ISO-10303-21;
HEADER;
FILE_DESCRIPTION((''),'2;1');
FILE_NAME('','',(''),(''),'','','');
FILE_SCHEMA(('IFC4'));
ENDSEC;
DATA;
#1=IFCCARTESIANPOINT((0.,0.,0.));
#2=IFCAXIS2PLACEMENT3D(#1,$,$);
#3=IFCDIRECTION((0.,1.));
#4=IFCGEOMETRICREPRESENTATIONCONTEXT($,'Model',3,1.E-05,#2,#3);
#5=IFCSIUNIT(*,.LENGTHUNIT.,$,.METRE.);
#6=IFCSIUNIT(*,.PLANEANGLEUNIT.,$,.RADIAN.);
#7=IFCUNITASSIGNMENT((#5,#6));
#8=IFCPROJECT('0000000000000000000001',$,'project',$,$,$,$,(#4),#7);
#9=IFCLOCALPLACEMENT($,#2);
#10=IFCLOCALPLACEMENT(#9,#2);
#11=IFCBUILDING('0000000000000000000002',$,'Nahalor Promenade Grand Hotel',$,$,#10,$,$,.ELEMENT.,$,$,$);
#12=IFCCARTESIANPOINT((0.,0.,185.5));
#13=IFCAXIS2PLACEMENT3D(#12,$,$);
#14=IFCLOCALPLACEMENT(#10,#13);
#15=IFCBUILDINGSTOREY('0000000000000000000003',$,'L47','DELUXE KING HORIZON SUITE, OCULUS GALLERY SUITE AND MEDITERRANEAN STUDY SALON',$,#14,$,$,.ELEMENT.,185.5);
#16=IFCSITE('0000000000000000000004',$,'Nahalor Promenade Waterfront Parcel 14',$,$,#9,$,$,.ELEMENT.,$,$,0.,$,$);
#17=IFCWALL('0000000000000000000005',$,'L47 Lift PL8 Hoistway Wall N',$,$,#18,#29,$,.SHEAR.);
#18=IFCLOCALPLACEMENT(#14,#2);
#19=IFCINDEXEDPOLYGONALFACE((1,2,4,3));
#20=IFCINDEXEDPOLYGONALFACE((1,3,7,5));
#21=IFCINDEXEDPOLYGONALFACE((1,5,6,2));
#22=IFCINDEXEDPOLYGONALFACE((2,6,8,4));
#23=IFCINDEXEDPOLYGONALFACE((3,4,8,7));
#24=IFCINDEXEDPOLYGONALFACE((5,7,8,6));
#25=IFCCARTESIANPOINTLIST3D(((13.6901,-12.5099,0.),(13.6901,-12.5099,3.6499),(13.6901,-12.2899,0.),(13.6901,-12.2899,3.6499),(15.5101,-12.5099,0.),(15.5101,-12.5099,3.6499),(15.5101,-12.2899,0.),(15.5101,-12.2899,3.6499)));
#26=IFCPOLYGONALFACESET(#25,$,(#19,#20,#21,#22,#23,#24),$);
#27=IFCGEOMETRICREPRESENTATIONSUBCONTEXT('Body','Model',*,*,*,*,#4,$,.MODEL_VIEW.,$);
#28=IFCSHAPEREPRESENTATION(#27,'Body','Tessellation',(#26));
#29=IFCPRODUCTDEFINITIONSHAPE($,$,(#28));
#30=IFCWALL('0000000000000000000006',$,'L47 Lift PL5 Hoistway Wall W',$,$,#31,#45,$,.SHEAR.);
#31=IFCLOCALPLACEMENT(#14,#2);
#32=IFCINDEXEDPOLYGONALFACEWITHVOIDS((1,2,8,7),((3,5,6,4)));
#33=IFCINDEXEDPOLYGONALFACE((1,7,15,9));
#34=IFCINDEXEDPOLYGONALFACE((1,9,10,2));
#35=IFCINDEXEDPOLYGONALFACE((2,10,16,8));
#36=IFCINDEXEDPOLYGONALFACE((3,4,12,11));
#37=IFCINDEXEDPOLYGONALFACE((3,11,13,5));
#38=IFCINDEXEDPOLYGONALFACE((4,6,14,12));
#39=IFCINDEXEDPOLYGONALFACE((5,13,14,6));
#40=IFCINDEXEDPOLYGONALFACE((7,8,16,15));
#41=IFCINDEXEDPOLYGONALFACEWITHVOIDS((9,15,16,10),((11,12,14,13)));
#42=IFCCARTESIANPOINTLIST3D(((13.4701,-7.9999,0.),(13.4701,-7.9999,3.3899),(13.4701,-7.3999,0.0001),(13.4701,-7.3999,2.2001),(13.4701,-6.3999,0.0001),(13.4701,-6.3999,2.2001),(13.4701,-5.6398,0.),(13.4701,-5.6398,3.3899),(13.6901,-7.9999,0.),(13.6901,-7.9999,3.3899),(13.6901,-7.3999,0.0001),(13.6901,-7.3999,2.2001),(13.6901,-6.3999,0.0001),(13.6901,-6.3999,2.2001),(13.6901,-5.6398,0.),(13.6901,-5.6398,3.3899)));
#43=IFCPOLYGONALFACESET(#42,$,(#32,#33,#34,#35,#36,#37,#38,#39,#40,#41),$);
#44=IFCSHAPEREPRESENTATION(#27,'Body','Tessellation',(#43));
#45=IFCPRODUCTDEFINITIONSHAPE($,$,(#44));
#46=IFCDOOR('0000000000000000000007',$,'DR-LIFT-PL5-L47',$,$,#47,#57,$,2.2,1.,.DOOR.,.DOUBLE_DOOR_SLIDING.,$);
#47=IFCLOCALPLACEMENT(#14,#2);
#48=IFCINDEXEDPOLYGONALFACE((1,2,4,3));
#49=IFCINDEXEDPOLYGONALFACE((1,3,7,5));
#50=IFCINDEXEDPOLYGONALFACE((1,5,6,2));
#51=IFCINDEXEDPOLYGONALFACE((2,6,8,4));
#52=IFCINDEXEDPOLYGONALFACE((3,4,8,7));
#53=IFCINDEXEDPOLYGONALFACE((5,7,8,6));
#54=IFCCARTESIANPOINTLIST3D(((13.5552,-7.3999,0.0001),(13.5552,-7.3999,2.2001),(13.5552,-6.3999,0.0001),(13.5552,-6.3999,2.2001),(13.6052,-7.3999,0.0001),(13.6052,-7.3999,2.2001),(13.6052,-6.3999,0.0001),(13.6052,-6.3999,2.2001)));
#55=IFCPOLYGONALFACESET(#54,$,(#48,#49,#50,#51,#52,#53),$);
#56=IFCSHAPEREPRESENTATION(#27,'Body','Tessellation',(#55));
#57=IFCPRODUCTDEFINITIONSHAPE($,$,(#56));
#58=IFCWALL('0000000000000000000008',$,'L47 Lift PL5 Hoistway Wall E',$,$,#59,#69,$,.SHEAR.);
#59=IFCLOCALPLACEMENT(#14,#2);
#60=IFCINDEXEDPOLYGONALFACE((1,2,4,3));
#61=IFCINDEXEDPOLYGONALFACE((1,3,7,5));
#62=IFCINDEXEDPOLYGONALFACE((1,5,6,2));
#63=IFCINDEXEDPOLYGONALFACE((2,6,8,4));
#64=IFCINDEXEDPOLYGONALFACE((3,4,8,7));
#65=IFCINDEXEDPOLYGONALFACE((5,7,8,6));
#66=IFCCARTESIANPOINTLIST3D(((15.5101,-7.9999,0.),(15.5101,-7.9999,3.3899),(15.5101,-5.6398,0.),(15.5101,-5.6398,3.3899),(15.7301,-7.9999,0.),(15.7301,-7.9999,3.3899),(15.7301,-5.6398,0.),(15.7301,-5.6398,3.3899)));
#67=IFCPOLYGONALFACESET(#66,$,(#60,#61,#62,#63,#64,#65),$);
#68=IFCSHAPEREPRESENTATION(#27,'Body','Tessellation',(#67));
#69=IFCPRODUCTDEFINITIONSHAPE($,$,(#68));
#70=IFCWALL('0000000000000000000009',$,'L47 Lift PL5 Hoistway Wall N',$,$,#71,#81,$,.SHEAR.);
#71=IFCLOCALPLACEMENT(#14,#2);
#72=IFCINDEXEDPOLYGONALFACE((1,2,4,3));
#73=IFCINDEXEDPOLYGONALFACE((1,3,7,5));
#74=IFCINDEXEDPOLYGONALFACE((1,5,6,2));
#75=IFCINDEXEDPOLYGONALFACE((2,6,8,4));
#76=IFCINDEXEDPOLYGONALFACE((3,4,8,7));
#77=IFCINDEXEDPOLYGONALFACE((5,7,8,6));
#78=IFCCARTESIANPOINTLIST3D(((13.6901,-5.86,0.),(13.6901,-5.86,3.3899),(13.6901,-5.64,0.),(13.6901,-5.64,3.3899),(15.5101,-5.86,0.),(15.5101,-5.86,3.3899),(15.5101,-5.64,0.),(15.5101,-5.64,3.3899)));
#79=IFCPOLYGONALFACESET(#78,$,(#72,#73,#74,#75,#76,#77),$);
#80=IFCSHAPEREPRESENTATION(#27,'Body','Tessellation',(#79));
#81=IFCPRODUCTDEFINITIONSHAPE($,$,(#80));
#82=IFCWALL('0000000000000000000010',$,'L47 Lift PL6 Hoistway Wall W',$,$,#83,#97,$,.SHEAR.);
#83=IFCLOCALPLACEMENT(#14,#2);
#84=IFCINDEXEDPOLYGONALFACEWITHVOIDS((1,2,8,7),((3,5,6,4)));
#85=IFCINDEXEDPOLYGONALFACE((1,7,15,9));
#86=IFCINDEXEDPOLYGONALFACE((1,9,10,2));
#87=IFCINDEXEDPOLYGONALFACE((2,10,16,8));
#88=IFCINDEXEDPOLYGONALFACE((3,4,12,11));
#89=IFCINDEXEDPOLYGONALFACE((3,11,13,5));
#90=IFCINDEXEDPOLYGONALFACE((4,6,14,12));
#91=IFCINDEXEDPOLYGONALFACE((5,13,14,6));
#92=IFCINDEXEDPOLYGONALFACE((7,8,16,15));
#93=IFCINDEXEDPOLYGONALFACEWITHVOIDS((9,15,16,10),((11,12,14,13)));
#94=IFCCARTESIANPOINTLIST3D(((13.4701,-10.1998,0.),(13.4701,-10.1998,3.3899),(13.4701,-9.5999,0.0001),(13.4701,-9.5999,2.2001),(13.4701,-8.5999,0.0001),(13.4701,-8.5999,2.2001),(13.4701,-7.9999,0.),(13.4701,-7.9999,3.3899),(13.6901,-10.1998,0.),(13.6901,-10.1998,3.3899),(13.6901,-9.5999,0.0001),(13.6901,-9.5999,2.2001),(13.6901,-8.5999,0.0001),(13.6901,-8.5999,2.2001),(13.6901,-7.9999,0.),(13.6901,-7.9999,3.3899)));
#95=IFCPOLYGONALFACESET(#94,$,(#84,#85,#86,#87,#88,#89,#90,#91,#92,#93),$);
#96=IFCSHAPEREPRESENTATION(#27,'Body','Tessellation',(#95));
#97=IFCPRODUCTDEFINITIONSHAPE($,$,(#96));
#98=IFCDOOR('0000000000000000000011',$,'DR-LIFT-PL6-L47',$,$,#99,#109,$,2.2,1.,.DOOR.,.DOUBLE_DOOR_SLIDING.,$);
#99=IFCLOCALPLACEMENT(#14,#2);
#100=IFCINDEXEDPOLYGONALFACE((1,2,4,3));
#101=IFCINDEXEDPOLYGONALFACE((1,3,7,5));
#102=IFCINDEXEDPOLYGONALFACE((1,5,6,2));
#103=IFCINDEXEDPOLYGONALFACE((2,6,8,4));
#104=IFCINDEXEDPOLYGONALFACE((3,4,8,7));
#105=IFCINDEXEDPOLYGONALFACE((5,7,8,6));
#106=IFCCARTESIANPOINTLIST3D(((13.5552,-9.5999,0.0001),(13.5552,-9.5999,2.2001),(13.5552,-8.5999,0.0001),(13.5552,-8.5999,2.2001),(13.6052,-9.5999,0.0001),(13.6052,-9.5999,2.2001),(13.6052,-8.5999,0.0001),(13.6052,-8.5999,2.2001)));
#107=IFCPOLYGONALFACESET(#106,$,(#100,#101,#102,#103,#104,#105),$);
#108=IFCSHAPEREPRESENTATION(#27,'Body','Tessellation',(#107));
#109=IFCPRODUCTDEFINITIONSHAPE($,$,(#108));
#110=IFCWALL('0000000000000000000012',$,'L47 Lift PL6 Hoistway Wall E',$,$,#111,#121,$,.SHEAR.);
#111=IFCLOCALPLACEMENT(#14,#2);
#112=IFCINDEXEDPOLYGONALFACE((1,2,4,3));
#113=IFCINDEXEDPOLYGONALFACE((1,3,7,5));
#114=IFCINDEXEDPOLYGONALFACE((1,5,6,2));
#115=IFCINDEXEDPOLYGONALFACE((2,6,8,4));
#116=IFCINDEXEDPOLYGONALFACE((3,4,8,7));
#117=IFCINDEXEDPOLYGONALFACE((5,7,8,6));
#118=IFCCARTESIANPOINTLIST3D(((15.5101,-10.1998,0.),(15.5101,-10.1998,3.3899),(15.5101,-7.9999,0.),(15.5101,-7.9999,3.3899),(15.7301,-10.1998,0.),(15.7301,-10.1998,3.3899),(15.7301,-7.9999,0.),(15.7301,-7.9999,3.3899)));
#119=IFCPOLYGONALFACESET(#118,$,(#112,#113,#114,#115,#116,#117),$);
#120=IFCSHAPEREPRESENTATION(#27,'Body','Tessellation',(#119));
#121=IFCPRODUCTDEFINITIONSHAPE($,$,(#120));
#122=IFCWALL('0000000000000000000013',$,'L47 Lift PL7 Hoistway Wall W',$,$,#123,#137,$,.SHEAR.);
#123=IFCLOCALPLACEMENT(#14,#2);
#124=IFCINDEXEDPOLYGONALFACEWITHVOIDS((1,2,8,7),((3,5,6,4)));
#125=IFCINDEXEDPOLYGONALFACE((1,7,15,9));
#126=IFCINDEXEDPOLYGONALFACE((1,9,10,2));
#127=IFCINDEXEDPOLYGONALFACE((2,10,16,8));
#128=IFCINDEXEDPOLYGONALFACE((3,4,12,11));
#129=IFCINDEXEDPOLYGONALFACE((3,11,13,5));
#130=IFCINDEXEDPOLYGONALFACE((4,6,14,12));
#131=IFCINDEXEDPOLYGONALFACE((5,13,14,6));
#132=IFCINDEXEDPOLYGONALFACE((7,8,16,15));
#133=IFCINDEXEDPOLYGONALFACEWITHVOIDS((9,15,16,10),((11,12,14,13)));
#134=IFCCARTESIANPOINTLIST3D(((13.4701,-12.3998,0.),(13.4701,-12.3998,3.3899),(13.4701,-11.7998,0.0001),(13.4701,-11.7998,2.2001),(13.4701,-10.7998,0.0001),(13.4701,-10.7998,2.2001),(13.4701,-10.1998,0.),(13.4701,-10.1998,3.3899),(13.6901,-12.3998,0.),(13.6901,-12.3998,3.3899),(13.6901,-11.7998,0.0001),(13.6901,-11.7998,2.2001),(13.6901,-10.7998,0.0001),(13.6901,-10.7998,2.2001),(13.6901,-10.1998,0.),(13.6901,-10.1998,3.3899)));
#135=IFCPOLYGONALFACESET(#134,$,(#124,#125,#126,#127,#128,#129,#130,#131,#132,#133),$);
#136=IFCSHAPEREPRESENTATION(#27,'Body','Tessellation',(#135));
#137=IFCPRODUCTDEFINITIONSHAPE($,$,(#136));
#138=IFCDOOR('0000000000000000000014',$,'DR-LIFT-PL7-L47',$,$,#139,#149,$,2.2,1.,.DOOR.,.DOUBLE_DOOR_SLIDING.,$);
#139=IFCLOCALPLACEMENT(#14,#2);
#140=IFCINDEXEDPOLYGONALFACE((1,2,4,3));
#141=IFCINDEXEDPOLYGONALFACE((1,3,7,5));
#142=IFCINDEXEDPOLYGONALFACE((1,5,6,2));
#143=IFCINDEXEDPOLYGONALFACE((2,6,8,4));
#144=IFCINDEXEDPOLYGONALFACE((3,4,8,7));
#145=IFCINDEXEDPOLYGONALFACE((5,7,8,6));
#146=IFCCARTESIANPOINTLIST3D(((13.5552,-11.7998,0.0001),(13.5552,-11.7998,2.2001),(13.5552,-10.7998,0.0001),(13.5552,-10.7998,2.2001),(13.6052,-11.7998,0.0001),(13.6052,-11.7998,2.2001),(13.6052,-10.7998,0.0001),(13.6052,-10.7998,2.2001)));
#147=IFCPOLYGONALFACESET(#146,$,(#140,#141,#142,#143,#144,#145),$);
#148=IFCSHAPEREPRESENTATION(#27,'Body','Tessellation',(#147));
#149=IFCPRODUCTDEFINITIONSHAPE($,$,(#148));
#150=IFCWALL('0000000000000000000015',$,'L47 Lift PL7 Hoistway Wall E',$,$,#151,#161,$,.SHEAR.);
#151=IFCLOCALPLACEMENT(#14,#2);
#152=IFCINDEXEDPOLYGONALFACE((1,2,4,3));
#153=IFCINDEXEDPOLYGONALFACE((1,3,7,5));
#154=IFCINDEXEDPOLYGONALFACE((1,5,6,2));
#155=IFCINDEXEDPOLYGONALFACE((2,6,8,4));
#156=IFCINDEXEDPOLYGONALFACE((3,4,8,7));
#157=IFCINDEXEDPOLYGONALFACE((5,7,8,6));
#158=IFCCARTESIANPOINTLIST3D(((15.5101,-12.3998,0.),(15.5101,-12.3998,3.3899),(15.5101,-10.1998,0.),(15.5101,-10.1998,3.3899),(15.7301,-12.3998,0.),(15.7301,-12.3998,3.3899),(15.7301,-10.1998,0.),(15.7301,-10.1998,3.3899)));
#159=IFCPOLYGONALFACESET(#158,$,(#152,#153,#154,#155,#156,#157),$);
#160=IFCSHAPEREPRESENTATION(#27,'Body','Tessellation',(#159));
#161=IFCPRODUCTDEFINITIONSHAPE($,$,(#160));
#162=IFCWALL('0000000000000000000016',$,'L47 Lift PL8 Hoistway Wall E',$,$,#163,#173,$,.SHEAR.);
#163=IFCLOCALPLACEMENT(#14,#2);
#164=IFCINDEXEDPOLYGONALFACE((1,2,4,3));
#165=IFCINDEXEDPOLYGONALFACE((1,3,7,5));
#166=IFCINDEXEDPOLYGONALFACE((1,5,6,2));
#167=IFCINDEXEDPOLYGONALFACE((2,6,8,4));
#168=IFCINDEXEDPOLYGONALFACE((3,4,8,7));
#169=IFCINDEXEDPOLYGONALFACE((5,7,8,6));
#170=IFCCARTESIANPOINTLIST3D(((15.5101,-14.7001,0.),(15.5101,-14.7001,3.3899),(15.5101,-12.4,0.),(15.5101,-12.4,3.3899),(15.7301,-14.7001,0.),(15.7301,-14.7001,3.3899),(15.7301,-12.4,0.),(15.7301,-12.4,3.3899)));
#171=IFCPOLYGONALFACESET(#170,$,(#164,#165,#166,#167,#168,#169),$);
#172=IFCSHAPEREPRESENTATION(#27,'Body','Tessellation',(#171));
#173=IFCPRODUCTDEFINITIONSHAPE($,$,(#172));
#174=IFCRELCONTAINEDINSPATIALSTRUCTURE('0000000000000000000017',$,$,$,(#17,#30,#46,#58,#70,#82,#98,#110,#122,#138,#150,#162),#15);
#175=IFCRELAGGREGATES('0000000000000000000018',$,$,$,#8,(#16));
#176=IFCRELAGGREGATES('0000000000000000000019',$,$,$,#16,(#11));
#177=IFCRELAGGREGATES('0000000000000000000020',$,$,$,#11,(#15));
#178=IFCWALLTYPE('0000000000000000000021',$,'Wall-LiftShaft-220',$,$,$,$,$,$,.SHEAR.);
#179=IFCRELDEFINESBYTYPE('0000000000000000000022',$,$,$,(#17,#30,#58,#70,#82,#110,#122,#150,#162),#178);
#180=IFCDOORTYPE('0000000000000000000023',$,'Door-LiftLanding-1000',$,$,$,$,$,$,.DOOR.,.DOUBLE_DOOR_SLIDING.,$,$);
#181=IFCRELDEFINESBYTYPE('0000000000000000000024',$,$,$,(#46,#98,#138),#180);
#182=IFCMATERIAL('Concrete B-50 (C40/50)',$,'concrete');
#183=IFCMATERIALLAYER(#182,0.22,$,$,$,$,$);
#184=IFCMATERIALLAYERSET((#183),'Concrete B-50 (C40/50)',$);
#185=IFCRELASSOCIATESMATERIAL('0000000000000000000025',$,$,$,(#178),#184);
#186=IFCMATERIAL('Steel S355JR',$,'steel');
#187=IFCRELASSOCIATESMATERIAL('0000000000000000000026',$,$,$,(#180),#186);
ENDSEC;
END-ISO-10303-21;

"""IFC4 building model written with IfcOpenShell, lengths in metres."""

from ifc_helpers import new_model, si_unit, direction, frame, frame_2d, origin, place, context, subcontext, project, spatial, rectangle, extrude, source, transform, mapped, material, layer, layer_set, type_object, element, fill, save


model = new_model("IFC4")

# Units and contexts
model_context = context("Model", 3, precision=1e-05, world=origin(), true_north=direction((0.0, 1.0)))
body_context = subcontext(model_context, "Body", "Model", "MODEL_VIEW")
ifc_project = project(units=[si_unit("LENGTHUNIT", "METRE"), si_unit("PLANEANGLEUNIT", "RADIAN")], contexts=[model_context])

# Site, building, storey
site_placement = place(None, origin())
site = spatial("IfcSite", under=ifc_project, at=site_placement, Name="Nahalor Promenade Waterfront Parcel 14", CompositionType="ELEMENT", RefElevation=0.0)
building_placement = place(site_placement, origin())
building = spatial("IfcBuilding", under=site, at=building_placement, Name="Nahalor Promenade Grand Hotel", CompositionType="ELEMENT")
storey_placement = place(building_placement, frame((0.0, 0.0, 185.5)))
storey = spatial("IfcBuildingStorey", under=building, at=storey_placement, Name="L47", Description="DELUXE KING HORIZON SUITE, OCULUS GALLERY SUITE AND MEDITERRANEAN STUDY SALON", CompositionType="ELEMENT", Elevation=185.5)

# Shared definitions
ifc_material_1 = material(Name="Steel S355JR", Category="steel")

# Wall
ifc_material_2 = material(Name="Concrete B-50 (C40/50)", Category="concrete")
ifc_layer_1 = layer(ifc_material_2, 0.22)
ifc_layer_set_1 = layer_set([ifc_layer_1], Name="Concrete B-50 (C40/50)")
wall_type_1 = type_object("IfcWallType", Name="Wall-LiftShaft-220", PredefinedType="SHEAR", material=ifc_layer_set_1)
shared_shape_1 = source(origin(), body_context, "Body", "SweptSolid", [
    extrude(rectangle(XDim=1.8201, YDim=0.22, at=frame_2d((0.9102, 0.0))), origin(), (0.0, 0.0, 1.0), 3.6499),
])
for number, where, z_axis, x_axis, name in (
    (1, (13.6899, -12.3999, 0.0), (0.0, 0.0, 1.0), (1.0, 0.0, 0.0), "L47 Lift PL8 Hoistway Wall N"),
):
    element("IfcWall", number, at=place(storey_placement, frame(where, z_axis=z_axis, x_axis=x_axis)), inside=storey, type_object=wall_type_1, Name=name, PredefinedType="SHEAR", context=body_context, shape_type="MappedRepresentation", body=[
        mapped(shared_shape_1, transform((0.0, 0.0, 0.0), scale=1.0)),
    ])

# Wall, opening, door
shared_shape_2 = source(origin(), body_context, "Body", "SweptSolid", [
    extrude(rectangle(XDim=2.3601, YDim=0.22, at=frame_2d((1.1802, 0.0))), origin(), (0.0, 0.0, 1.0), 3.3899),
])
wall_1_placement = place(storey_placement, frame((13.5801, -8.0, 0.0), z_axis=(0.0, 0.0, 1.0), x_axis=(0.0, 1.0, 0.0)))
wall_1 = element("IfcWall", 2, at=wall_1_placement, inside=storey, type_object=wall_type_1, Name="L47 Lift PL5 Hoistway Wall W", PredefinedType="SHEAR", context=body_context, shape_type="MappedRepresentation", body=[
    mapped(shared_shape_2, transform((0.0, 0.0, 0.0), scale=1.0)),
])
opening_1_placement = place(wall_1_placement, frame((0.6001, 0.0, 0.0)))
opening_1 = element("IfcOpeningElement", 3, at=opening_1_placement, cuts=wall_1, PredefinedType="OPENING", context=body_context, shape_type="SweptSolid", body=[
    extrude(rectangle(XDim=1.0, YDim=2.2, at=frame_2d((0.5, 1.1001))), frame((0.0, 0.1199, 0.0), z_axis=(0.0, -1.0, 0.0), x_axis=(1.0, 0.0, 0.0)), (0.0, 0.0, 1.0), 0.24),
])
door_type_1 = type_object("IfcDoorType", Name="Door-LiftLanding-1000", OperationType="DOUBLE_DOOR_SLIDING", PredefinedType="DOOR", material=ifc_material_1)
shared_shape_3 = source(origin(), body_context, "Body", "SweptSolid", [
    extrude(rectangle(XDim=1.0, YDim=2.2, at=frame_2d((0.5, 1.1001))), frame((0.0, 0.0249, 0.0), z_axis=(0.0, -1.0, 0.0), x_axis=(1.0, 0.0, 0.0)), (0.0, 0.0, 1.0), 0.05),
])
door_1_placement = place(opening_1_placement, origin())
door_1 = element("IfcDoor", 4, at=door_1_placement, inside=storey, type_object=door_type_1, Name="DR-LIFT-PL5-L47", OperationType="DOUBLE_DOOR_SLIDING", OverallHeight=2.2, OverallWidth=1.0, PredefinedType="DOOR", context=body_context, shape_type="MappedRepresentation", body=[
    mapped(shared_shape_3, transform((0.0, 0.0, 0.0), scale=1.0)),
])
fill(opening_1, door_1)

# Walls
wall_2_placement = place(storey_placement, frame((15.6201, -8.0, 0.0), z_axis=(0.0, 0.0, 1.0), x_axis=(0.0, 1.0, 0.0)))
element("IfcWall", 5, at=wall_2_placement, inside=storey, type_object=wall_type_1, Name="L47 Lift PL5 Hoistway Wall E", PredefinedType="SHEAR", context=body_context, shape_type="MappedRepresentation", body=[
    mapped(shared_shape_2, transform((0.0, 0.0, 0.0), scale=1.0)),
])
shared_shape_4 = source(origin(), body_context, "Body", "SweptSolid", [
    extrude(rectangle(XDim=1.8201, YDim=0.22, at=frame_2d((0.9102, 0.0))), origin(), (0.0, 0.0, 1.0), 3.3899),
])
wall_3_placement = place(storey_placement, frame((13.6899, -5.75, 0.0), z_axis=(0.0, 0.0, 1.0), x_axis=(1.0, 0.0, 0.0)))
element("IfcWall", 6, at=wall_3_placement, inside=storey, type_object=wall_type_1, Name="L47 Lift PL5 Hoistway Wall N", PredefinedType="SHEAR", context=body_context, shape_type="MappedRepresentation", body=[
    mapped(shared_shape_4, transform((0.0, 0.0, 0.0), scale=1.0)),
])

# Wall, opening, door
shared_shape_5 = source(origin(), body_context, "Body", "SweptSolid", [
    extrude(rectangle(XDim=2.2, YDim=0.22, at=frame_2d((1.1001, 0.0))), origin(), (0.0, 0.0, 1.0), 3.3899),
])
wall_4_placement = place(storey_placement, frame((13.5801, -10.2, 0.0), z_axis=(0.0, 0.0, 1.0), x_axis=(0.0, 1.0, 0.0)))
wall_4 = element("IfcWall", 7, at=wall_4_placement, inside=storey, type_object=wall_type_1, Name="L47 Lift PL6 Hoistway Wall W", PredefinedType="SHEAR", context=body_context, shape_type="MappedRepresentation", body=[
    mapped(shared_shape_5, transform((0.0, 0.0, 0.0), scale=1.0)),
])
opening_2_placement = place(wall_4_placement, frame((0.6001, 0.0, 0.0)))
opening_2 = element("IfcOpeningElement", 8, at=opening_2_placement, cuts=wall_4, PredefinedType="OPENING", context=body_context, shape_type="SweptSolid", body=[
    extrude(rectangle(XDim=1.0, YDim=2.2, at=frame_2d((0.5, 1.1001))), frame((0.0, 0.1199, 0.0), z_axis=(0.0, -1.0, 0.0), x_axis=(1.0, 0.0, 0.0)), (0.0, 0.0, 1.0), 0.24),
])
door_2_placement = place(opening_2_placement, origin())
door_2 = element("IfcDoor", 9, at=door_2_placement, inside=storey, type_object=door_type_1, Name="DR-LIFT-PL6-L47", OperationType="DOUBLE_DOOR_SLIDING", OverallHeight=2.2, OverallWidth=1.0, PredefinedType="DOOR", context=body_context, shape_type="MappedRepresentation", body=[
    mapped(shared_shape_3, transform((0.0, 0.0, 0.0), scale=1.0)),
])
fill(opening_2, door_2)

# Wall
wall_5_placement = place(storey_placement, frame((15.6201, -10.2, 0.0), z_axis=(0.0, 0.0, 1.0), x_axis=(0.0, 1.0, 0.0)))
element("IfcWall", 10, at=wall_5_placement, inside=storey, type_object=wall_type_1, Name="L47 Lift PL6 Hoistway Wall E", PredefinedType="SHEAR", context=body_context, shape_type="MappedRepresentation", body=[
    mapped(shared_shape_5, transform((0.0, 0.0, 0.0), scale=1.0)),
])

# Wall, opening, door
wall_6_placement = place(storey_placement, frame((13.5801, -12.3999, 0.0), z_axis=(0.0, 0.0, 1.0), x_axis=(0.0, 1.0, 0.0)))
wall_6 = element("IfcWall", 11, at=wall_6_placement, inside=storey, type_object=wall_type_1, Name="L47 Lift PL7 Hoistway Wall W", PredefinedType="SHEAR", context=body_context, shape_type="MappedRepresentation", body=[
    mapped(shared_shape_5, transform((0.0, 0.0, 0.0), scale=1.0)),
])
opening_3_placement = place(wall_6_placement, frame((0.6001, 0.0, 0.0)))
opening_3 = element("IfcOpeningElement", 12, at=opening_3_placement, cuts=wall_6, PredefinedType="OPENING", context=body_context, shape_type="SweptSolid", body=[
    extrude(rectangle(XDim=1.0, YDim=2.2, at=frame_2d((0.5, 1.1001))), frame((0.0, 0.1199, 0.0), z_axis=(0.0, -1.0, 0.0), x_axis=(1.0, 0.0, 0.0)), (0.0, 0.0, 1.0), 0.24),
])
door_3_placement = place(opening_3_placement, origin())
door_3 = element("IfcDoor", 13, at=door_3_placement, inside=storey, type_object=door_type_1, Name="DR-LIFT-PL7-L47", OperationType="DOUBLE_DOOR_SLIDING", OverallHeight=2.2, OverallWidth=1.0, PredefinedType="DOOR", context=body_context, shape_type="MappedRepresentation", body=[
    mapped(shared_shape_3, transform((0.0, 0.0, 0.0), scale=1.0)),
])
fill(opening_3, door_3)

# Walls
wall_7_placement = place(storey_placement, frame((15.6201, -12.3999, 0.0), z_axis=(0.0, 0.0, 1.0), x_axis=(0.0, 1.0, 0.0)))
element("IfcWall", 14, at=wall_7_placement, inside=storey, type_object=wall_type_1, Name="L47 Lift PL7 Hoistway Wall E", PredefinedType="SHEAR", context=body_context, shape_type="MappedRepresentation", body=[
    mapped(shared_shape_5, transform((0.0, 0.0, 0.0), scale=1.0)),
])
shared_shape_6 = source(origin(), body_context, "Body", "SweptSolid", [
    extrude(rectangle(XDim=2.3, YDim=0.22, at=frame_2d((1.1499, 0.0))), origin(), (0.0, 0.0, 1.0), 3.3899),
])
wall_8_placement = place(storey_placement, frame((15.6201, -14.7, 0.0), z_axis=(0.0, 0.0, 1.0), x_axis=(0.0, 1.0, 0.0)))
element("IfcWall", 15, at=wall_8_placement, inside=storey, type_object=wall_type_1, Name="L47 Lift PL8 Hoistway Wall E", PredefinedType="SHEAR", context=body_context, shape_type="MappedRepresentation", body=[
    mapped(shared_shape_6, transform((0.0, 0.0, 0.0), scale=1.0)),
])

save(model, "model.ifc")
